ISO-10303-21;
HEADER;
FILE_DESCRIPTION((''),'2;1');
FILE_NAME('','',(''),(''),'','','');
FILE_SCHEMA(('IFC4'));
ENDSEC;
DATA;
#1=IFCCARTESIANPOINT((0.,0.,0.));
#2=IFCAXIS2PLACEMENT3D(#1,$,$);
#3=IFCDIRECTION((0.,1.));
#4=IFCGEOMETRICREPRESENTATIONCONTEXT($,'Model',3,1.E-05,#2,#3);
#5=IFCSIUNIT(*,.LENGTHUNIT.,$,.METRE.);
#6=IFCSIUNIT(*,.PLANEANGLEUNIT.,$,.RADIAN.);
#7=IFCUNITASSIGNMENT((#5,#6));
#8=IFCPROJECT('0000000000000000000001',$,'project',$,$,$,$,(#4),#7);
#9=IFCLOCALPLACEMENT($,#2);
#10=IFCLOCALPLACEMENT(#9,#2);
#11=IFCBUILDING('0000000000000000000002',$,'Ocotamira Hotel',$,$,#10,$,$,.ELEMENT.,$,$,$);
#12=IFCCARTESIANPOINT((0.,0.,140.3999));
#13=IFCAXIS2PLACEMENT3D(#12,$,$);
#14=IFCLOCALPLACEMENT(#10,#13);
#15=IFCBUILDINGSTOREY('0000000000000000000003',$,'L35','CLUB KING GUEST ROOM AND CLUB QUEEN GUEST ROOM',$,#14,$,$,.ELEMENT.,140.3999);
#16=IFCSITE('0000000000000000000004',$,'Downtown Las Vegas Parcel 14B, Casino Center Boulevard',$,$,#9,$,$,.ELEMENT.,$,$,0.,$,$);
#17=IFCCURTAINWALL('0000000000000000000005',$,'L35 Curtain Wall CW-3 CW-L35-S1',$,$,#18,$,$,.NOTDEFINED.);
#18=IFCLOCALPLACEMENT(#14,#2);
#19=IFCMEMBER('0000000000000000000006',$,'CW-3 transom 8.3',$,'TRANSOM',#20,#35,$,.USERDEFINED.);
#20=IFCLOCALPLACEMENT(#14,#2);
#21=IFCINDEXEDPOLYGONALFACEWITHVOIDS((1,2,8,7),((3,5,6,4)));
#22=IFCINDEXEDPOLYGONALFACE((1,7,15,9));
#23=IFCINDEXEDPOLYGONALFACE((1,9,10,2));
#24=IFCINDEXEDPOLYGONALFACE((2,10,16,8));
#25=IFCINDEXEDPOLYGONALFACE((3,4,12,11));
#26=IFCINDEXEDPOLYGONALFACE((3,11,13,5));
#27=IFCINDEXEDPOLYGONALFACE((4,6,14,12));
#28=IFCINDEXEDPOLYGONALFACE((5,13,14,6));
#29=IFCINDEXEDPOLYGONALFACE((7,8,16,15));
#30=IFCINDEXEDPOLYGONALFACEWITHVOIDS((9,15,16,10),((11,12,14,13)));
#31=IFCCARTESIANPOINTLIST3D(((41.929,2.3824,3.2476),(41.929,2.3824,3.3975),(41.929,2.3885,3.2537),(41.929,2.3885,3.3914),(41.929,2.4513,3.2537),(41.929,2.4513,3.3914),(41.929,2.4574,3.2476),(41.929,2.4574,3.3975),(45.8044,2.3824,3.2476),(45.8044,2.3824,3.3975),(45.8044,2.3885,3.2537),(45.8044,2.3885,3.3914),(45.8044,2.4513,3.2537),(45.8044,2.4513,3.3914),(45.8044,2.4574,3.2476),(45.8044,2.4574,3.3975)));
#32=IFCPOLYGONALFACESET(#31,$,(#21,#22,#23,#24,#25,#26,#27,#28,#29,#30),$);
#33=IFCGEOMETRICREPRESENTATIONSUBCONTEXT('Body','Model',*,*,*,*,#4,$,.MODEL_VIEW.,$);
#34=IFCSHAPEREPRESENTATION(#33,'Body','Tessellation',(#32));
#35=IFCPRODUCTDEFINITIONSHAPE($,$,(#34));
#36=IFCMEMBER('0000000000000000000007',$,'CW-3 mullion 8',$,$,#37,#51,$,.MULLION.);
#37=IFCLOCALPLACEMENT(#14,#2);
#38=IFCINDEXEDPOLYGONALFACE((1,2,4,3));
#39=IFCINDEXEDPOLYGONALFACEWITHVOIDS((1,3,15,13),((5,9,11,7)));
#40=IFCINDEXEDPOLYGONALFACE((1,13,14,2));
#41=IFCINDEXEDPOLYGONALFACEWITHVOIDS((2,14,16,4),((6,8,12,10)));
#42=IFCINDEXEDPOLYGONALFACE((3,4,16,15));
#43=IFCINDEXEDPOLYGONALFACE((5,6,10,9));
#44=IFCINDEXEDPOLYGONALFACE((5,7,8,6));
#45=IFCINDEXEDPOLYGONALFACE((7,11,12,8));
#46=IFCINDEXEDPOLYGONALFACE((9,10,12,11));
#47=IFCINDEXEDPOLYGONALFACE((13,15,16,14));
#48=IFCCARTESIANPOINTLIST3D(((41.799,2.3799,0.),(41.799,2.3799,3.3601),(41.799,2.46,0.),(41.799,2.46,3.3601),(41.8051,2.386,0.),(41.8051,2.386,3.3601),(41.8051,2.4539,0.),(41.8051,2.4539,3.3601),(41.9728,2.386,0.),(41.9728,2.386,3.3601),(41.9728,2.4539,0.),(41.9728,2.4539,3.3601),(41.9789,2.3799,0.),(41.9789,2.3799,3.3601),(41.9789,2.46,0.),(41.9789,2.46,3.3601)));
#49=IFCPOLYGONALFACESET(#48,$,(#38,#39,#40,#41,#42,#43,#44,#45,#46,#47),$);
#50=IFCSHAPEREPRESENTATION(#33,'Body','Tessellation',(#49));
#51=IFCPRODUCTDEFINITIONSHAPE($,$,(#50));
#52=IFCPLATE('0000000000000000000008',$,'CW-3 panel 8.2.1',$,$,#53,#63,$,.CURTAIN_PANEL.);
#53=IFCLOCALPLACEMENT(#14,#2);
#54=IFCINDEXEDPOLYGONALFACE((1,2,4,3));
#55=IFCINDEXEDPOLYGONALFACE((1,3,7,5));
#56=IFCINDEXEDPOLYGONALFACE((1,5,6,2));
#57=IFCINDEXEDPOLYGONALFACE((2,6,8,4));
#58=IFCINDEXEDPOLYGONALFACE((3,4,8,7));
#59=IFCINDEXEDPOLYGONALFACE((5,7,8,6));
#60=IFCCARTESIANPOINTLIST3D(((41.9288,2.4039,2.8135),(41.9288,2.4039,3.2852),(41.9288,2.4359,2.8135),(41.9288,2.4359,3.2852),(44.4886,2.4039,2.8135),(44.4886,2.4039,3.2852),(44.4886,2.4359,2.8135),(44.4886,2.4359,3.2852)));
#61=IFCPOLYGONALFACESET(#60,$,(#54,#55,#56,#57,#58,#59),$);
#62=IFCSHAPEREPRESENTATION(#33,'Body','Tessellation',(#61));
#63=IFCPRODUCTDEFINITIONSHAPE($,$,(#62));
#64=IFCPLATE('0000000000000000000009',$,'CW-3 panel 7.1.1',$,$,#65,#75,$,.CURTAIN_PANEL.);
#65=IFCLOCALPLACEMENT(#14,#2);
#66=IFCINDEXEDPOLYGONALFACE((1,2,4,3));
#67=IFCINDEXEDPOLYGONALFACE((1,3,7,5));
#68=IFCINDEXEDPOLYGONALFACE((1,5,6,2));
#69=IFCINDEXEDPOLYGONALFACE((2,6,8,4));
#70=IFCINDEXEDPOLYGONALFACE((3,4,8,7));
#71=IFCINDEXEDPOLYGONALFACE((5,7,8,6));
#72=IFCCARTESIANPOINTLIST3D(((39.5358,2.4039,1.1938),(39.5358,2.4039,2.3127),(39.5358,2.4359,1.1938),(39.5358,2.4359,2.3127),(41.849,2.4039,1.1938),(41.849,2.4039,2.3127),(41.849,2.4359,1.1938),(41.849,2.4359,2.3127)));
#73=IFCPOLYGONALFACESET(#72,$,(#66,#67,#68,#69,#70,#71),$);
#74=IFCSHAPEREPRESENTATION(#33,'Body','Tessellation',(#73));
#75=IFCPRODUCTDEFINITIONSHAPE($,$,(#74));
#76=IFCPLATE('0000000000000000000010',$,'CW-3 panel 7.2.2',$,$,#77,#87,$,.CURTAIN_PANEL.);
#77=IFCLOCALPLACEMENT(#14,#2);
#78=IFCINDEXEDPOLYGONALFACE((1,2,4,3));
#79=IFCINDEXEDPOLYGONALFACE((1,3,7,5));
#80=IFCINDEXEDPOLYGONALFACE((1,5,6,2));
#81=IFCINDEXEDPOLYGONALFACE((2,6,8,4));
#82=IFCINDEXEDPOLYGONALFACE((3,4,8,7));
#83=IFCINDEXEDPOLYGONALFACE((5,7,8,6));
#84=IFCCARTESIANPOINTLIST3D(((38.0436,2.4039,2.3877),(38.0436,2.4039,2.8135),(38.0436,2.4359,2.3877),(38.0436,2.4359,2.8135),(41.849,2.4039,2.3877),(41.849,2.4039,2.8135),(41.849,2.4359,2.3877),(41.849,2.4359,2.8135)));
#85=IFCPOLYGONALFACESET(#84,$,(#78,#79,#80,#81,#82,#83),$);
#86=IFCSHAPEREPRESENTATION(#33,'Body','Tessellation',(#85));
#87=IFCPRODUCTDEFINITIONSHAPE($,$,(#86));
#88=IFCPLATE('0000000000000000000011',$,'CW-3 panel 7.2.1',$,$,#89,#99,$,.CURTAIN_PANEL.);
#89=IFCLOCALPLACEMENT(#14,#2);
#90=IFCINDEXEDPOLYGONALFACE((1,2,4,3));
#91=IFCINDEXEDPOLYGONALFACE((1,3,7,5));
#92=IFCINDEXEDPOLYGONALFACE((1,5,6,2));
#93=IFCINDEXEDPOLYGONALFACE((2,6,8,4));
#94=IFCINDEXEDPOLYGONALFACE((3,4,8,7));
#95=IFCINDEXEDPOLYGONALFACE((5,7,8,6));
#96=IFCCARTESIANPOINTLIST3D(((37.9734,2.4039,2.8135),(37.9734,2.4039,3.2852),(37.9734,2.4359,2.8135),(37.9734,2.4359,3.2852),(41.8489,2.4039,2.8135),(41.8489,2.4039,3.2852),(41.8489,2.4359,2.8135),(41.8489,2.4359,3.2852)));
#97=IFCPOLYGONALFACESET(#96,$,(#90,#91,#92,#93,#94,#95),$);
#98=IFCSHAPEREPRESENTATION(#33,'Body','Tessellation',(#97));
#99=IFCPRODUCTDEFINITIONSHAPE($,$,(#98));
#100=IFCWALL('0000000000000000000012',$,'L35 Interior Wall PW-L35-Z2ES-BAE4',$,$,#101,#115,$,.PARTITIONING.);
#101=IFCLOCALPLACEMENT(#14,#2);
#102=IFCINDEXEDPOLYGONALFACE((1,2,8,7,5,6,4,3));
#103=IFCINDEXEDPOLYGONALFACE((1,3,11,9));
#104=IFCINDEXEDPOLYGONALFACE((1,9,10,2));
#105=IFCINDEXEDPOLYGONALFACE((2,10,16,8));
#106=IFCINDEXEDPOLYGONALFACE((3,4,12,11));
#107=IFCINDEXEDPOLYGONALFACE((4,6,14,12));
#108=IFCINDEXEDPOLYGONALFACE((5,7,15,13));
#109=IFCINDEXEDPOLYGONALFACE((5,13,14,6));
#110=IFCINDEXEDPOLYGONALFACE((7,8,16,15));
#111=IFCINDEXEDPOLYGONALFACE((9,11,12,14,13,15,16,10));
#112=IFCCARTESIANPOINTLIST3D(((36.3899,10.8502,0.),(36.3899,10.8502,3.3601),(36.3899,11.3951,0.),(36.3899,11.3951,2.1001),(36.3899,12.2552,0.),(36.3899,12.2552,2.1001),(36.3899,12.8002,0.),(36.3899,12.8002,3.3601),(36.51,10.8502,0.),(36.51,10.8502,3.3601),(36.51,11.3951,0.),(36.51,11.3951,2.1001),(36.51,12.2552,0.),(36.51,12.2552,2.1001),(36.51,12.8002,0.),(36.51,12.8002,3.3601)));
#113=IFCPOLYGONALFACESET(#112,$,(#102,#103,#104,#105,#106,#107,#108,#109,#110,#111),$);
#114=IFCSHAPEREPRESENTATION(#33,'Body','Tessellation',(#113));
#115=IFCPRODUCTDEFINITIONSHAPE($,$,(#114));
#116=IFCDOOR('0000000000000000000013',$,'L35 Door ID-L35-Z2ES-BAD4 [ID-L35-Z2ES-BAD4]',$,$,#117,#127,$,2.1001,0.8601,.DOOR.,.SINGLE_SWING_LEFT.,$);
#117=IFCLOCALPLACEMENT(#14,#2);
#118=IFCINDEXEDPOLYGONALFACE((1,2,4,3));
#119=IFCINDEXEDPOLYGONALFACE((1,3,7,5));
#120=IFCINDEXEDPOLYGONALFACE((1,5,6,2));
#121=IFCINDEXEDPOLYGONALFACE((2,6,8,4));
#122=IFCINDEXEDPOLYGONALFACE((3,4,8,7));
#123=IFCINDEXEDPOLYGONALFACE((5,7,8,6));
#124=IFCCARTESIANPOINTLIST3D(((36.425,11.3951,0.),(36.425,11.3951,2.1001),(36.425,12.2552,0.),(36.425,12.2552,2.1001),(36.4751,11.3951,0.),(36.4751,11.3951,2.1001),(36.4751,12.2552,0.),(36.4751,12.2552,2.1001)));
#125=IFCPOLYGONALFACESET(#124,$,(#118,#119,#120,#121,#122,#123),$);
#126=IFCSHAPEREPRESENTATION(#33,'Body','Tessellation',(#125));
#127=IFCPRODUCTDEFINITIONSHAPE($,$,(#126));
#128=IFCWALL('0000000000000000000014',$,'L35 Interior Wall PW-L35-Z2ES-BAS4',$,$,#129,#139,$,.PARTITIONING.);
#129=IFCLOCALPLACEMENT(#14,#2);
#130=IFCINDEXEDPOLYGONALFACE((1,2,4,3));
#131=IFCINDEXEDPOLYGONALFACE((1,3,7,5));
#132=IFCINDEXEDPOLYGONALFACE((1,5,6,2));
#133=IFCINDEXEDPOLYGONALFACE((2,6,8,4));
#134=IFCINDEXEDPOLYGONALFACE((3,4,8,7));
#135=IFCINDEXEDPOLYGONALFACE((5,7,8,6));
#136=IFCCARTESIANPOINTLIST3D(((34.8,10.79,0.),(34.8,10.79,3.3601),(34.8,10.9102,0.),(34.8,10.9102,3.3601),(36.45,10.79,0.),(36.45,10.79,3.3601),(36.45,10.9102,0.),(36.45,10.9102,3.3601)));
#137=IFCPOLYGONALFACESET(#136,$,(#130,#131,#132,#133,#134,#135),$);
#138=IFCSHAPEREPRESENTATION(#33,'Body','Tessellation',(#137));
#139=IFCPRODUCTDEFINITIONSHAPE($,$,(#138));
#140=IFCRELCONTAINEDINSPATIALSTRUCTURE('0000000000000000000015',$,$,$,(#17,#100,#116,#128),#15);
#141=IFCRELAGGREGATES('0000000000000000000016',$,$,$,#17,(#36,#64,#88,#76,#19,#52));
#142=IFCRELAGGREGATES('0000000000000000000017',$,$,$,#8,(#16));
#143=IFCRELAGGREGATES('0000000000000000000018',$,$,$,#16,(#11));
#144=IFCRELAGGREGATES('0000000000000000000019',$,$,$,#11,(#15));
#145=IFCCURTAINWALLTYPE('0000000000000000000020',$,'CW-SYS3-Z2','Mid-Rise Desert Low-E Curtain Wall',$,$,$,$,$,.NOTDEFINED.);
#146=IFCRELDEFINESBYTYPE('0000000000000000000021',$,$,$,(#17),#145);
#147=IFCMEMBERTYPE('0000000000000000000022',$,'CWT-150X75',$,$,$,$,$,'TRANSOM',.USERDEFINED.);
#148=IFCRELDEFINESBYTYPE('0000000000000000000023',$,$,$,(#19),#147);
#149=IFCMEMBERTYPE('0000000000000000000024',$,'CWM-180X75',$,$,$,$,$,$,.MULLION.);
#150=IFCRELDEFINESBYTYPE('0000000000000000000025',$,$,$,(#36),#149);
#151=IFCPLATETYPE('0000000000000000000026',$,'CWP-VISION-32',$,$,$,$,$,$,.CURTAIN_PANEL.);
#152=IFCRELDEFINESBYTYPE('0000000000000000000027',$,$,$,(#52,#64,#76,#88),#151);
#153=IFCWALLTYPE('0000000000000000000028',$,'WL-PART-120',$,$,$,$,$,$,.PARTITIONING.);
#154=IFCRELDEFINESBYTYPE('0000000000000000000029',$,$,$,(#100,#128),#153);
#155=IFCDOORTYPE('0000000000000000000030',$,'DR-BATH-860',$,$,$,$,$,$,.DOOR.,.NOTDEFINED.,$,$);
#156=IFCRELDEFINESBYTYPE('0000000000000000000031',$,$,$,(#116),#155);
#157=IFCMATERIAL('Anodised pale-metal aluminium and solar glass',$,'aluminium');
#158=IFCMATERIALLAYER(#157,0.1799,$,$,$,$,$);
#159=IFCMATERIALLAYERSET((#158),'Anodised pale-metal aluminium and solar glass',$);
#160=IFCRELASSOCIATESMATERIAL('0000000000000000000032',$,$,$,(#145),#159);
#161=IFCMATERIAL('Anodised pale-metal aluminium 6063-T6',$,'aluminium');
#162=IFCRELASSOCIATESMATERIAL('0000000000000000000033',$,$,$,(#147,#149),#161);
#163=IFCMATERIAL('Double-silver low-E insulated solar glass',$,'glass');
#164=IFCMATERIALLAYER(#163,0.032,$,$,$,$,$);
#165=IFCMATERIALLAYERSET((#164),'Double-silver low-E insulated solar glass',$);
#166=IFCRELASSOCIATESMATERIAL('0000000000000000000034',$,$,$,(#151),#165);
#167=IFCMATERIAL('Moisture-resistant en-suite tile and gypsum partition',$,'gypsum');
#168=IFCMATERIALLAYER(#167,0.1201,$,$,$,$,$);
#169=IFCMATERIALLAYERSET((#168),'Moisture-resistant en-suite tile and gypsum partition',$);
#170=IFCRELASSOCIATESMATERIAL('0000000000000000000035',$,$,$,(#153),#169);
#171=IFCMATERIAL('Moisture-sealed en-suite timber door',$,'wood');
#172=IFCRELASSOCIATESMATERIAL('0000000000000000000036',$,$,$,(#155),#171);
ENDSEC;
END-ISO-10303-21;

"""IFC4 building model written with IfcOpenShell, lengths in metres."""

from ifc_helpers import new_model, si_unit, direction, frame, frame_2d, origin, origin_2d, place, context, subcontext, project, spatial, rectangle, hollow_rectangle, extrude, source, transform, mapped, material, layer, layer_set, material_profile, profile_set, type_object, element, fill, aggregate, save


model = new_model("IFC4")

# Units and contexts
model_context = context("Model", 3, precision=1e-05, world=origin(), true_north=direction((0.0, 1.0)))
body_context = subcontext(model_context, "Body", "Model", "MODEL_VIEW")
ifc_project = project(units=[si_unit("LENGTHUNIT", "METRE"), si_unit("PLANEANGLEUNIT", "RADIAN")], contexts=[model_context])

# Site, building, storey
site_placement = place(None, origin())
site = spatial("IfcSite", under=ifc_project, at=site_placement, Name="Downtown Las Vegas Parcel 14B, Casino Center Boulevard", CompositionType="ELEMENT", RefElevation=0.0)
building_placement = place(site_placement, origin())
building = spatial("IfcBuilding", under=site, at=building_placement, Name="Ocotamira Hotel", CompositionType="ELEMENT")
storey_placement = place(building_placement, frame((0.0, 0.0, 140.3999)))
storey = spatial("IfcBuildingStorey", under=building, at=storey_placement, Name="L35", Description="CLUB KING GUEST ROOM AND CLUB QUEEN GUEST ROOM", CompositionType="ELEMENT", Elevation=140.3999)

# Curtain wall, members, plates
ifc_material_1 = material(Name="Anodised pale-metal aluminium and solar glass", Category="aluminium")
ifc_layer_1 = layer(ifc_material_1, 0.1799)
ifc_layer_set_1 = layer_set([ifc_layer_1], Name="Anodised pale-metal aluminium and solar glass")
curtain_wall_type = type_object("IfcCurtainWallType", Name="CW-SYS3-Z2", Description="Mid-Rise Desert Low-E Curtain Wall", PredefinedType="NOTDEFINED", material=ifc_layer_set_1)
curtain_wall_placement = place(storey_placement, origin())
curtain_wall = element("IfcCurtainWall", 1, at=curtain_wall_placement, inside=storey, type_object=curtain_wall_type, Name="L35 Curtain Wall CW-3 CW-L35-S1", PredefinedType="NOTDEFINED")
ifc_material_2 = material(Name="Anodised pale-metal aluminium 6063-T6", Category="aluminium")
ifc_material_profile_1 = material_profile(ifc_material_2, hollow_rectangle(XDim=0.075, YDim=0.1499, WallThickness=0.0061, at=origin_2d()), Name="HSS150X75X6")
ifc_profile_set_1 = profile_set([ifc_material_profile_1], Name="Anodised pale-metal aluminium 6063-T6")
member_type_1 = type_object("IfcMemberType", Name="CWT-150X75", ElementType="TRANSOM", PredefinedType="USERDEFINED", material=ifc_profile_set_1)
shared_shape_1 = source(origin(), body_context, "Body", "SweptSolid", [
    extrude(hollow_rectangle(XDim=0.075, YDim=0.1499, WallThickness=0.0061, at=origin_2d()), origin(), (0.0, 0.0, 1.0), 3.8755),
])
member_1_placement = place(storey_placement, frame((41.929, 2.4199, 3.3225), z_axis=(1.0, 0.0, 0.0), x_axis=(0.0, 1.0, 0.0)))
member_1 = element("IfcMember", 2, at=member_1_placement, type_object=member_type_1, Name="CW-3 transom 8.3", ObjectType="TRANSOM", PredefinedType="USERDEFINED", context=body_context, shape_type="MappedRepresentation", body=[
    mapped(shared_shape_1, transform((0.0, 0.0, 0.0), scale=1.0)),
])
ifc_material_profile_2 = material_profile(ifc_material_2, hollow_rectangle(XDim=0.0801, YDim=0.1799, WallThickness=0.0061, at=origin_2d()), Name="HSS180X80X6")
ifc_profile_set_2 = profile_set([ifc_material_profile_2], Name="Anodised pale-metal aluminium 6063-T6")
member_type_2 = type_object("IfcMemberType", Name="CWM-180X75", PredefinedType="MULLION", material=ifc_profile_set_2)
shared_shape_2 = source(origin(), body_context, "Body", "SweptSolid", [
    extrude(hollow_rectangle(XDim=0.0801, YDim=0.1799, WallThickness=0.0061, at=origin_2d()), origin(), (0.0, 0.0, 1.0), 3.3601),
])
member_2_placement = place(storey_placement, frame((41.8889, 2.4199, 0.0), z_axis=(0.0, 0.0, 1.0), x_axis=(0.0, 1.0, 0.0)))
member_2 = element("IfcMember", 3, at=member_2_placement, type_object=member_type_2, Name="CW-3 mullion 8", PredefinedType="MULLION", context=body_context, shape_type="MappedRepresentation", body=[
    mapped(shared_shape_2, transform((0.0, 0.0, 0.0), scale=1.0)),
])
ifc_material_3 = material(Name="Double-silver low-E insulated solar glass", Category="glass")
ifc_layer_2 = layer(ifc_material_3, 0.032)
ifc_layer_set_2 = layer_set([ifc_layer_2], Name="Double-silver low-E insulated solar glass")
plate_type = type_object("IfcPlateType", Name="CWP-VISION-32", PredefinedType="CURTAIN_PANEL", material=ifc_layer_set_2)
shared_shape_3 = source(origin(), body_context, "Body", "SweptSolid", [
    extrude(rectangle(XDim=2.5598, YDim=0.032, at=origin_2d()), origin(), (0.0, 0.0, 1.0), 0.4717),
])
plate_1_placement = place(storey_placement, frame((43.2087, 2.4199, 2.8135), z_axis=(0.0, 0.0, 1.0), x_axis=(1.0, 0.0, 0.0)))
plate_1 = element("IfcPlate", 4, at=plate_1_placement, type_object=plate_type, Name="CW-3 panel 8.2.1", PredefinedType="CURTAIN_PANEL", context=body_context, shape_type="MappedRepresentation", body=[
    mapped(shared_shape_3, transform((0.0, 0.0, 0.0), scale=1.0)),
])
shared_shape_4 = source(origin(), body_context, "Body", "SweptSolid", [
    extrude(rectangle(XDim=2.3132, YDim=0.032, at=origin_2d()), origin(), (0.0, 0.0, 1.0), 1.1189),
])
plate_2_placement = place(storey_placement, frame((40.6924, 2.4199, 1.1938), z_axis=(0.0, 0.0, 1.0), x_axis=(1.0, 0.0, 0.0)))
plate_2 = element("IfcPlate", 5, at=plate_2_placement, type_object=plate_type, Name="CW-3 panel 7.1.1", PredefinedType="CURTAIN_PANEL", context=body_context, shape_type="MappedRepresentation", body=[
    mapped(shared_shape_4, transform((0.0, 0.0, 0.0), scale=1.0)),
])
shared_shape_5 = source(origin(), body_context, "Body", "SweptSolid", [
    extrude(rectangle(XDim=3.8054, YDim=0.032, at=origin_2d()), origin(), (0.0, 0.0, 1.0), 0.4258),
])
plate_3_placement = place(storey_placement, frame((39.9463, 2.4199, 2.3877), z_axis=(0.0, 0.0, 1.0), x_axis=(1.0, 0.0, 0.0)))
plate_3 = element("IfcPlate", 6, at=plate_3_placement, type_object=plate_type, Name="CW-3 panel 7.2.2", PredefinedType="CURTAIN_PANEL", context=body_context, shape_type="MappedRepresentation", body=[
    mapped(shared_shape_5, transform((0.0, 0.0, 0.0), scale=1.0)),
])
shared_shape_6 = source(origin(), body_context, "Body", "SweptSolid", [
    extrude(rectangle(XDim=3.8755, YDim=0.032, at=origin_2d()), origin(), (0.0, 0.0, 1.0), 0.4717),
])
plate_4_placement = place(storey_placement, frame((39.9111, 2.4199, 2.8135), z_axis=(0.0, 0.0, 1.0), x_axis=(1.0, 0.0, 0.0)))
plate_4 = element("IfcPlate", 7, at=plate_4_placement, type_object=plate_type, Name="CW-3 panel 7.2.1", PredefinedType="CURTAIN_PANEL", context=body_context, shape_type="MappedRepresentation", body=[
    mapped(shared_shape_6, transform((0.0, 0.0, 0.0), scale=1.0)),
])
aggregate(curtain_wall, [member_2, plate_2, plate_4, plate_3, member_1, plate_1])

# Wall, opening, door
ifc_material_4 = material(Name="Moisture-resistant en-suite tile and gypsum partition", Category="gypsum")
ifc_layer_3 = layer(ifc_material_4, 0.1201)
ifc_layer_set_3 = layer_set([ifc_layer_3], Name="Moisture-resistant en-suite tile and gypsum partition")
wall_type = type_object("IfcWallType", Name="WL-PART-120", PredefinedType="PARTITIONING", material=ifc_layer_set_3)
wall_1_placement = place(storey_placement, frame((36.45, 10.8501, 0.0), z_axis=(0.0, 0.0, 1.0), x_axis=(0.0, 1.0, 0.0)))
wall_1 = element("IfcWall", 8, at=wall_1_placement, inside=storey, type_object=wall_type, Name="L35 Interior Wall PW-L35-Z2ES-BAE4", PredefinedType="PARTITIONING", context=body_context, shape_type="SweptSolid", body=[
    extrude(rectangle(XDim=1.95, YDim=0.1201, at=frame_2d((0.9751, 0.0))), origin(), (0.0, 0.0, 1.0), 3.3601),
])
opening_placement = place(wall_1_placement, frame((0.5449, 0.0, 0.0)))
opening = element("IfcOpeningElement", 9, at=opening_placement, cuts=wall_1, PredefinedType="OPENING", context=body_context, shape_type="SweptSolid", body=[
    extrude(rectangle(XDim=0.8601, YDim=2.1001, at=frame_2d((0.4302, 1.05))), frame((0.0, 0.0701, 0.0), z_axis=(0.0, -1.0, 0.0), x_axis=(1.0, 0.0, 0.0)), (0.0, 0.0, 1.0), 0.1401),
])
ifc_material_5 = material(Name="Moisture-sealed en-suite timber door", Category="wood")
door_type = type_object("IfcDoorType", Name="DR-BATH-860", OperationType="NOTDEFINED", PredefinedType="DOOR", material=ifc_material_5)
shared_shape_7 = source(origin(), body_context, "Body", "SweptSolid", [
    extrude(rectangle(XDim=0.8601, YDim=2.1001, at=frame_2d((0.4302, 1.05))), frame((0.0, 0.0249, 0.0), z_axis=(0.0, -1.0, 0.0), x_axis=(1.0, 0.0, 0.0)), (0.0, 0.0, 1.0), 0.05),
])
door_placement = place(opening_placement, origin())
door = element("IfcDoor", 10, at=door_placement, inside=storey, type_object=door_type, Name="L35 Door ID-L35-Z2ES-BAD4 [ID-L35-Z2ES-BAD4]", OperationType="SINGLE_SWING_LEFT", OverallHeight=2.1001, OverallWidth=0.8601, PredefinedType="DOOR", context=body_context, shape_type="MappedRepresentation", body=[
    mapped(shared_shape_7, transform((0.0, 0.0, 0.0), scale=1.0)),
])
fill(opening, door)

# Wall
wall_2_placement = place(storey_placement, frame((34.8, 10.8501, 0.0), z_axis=(0.0, 0.0, 1.0), x_axis=(1.0, 0.0, 0.0)))
element("IfcWall", 11, at=wall_2_placement, inside=storey, type_object=wall_type, Name="L35 Interior Wall PW-L35-Z2ES-BAS4", PredefinedType="PARTITIONING", context=body_context, shape_type="SweptSolid", body=[
    extrude(rectangle(XDim=1.6499, YDim=0.1201, at=frame_2d((0.825, 0.0))), origin(), (0.0, 0.0, 1.0), 3.3601),
])

save(model, "model.ifc")
